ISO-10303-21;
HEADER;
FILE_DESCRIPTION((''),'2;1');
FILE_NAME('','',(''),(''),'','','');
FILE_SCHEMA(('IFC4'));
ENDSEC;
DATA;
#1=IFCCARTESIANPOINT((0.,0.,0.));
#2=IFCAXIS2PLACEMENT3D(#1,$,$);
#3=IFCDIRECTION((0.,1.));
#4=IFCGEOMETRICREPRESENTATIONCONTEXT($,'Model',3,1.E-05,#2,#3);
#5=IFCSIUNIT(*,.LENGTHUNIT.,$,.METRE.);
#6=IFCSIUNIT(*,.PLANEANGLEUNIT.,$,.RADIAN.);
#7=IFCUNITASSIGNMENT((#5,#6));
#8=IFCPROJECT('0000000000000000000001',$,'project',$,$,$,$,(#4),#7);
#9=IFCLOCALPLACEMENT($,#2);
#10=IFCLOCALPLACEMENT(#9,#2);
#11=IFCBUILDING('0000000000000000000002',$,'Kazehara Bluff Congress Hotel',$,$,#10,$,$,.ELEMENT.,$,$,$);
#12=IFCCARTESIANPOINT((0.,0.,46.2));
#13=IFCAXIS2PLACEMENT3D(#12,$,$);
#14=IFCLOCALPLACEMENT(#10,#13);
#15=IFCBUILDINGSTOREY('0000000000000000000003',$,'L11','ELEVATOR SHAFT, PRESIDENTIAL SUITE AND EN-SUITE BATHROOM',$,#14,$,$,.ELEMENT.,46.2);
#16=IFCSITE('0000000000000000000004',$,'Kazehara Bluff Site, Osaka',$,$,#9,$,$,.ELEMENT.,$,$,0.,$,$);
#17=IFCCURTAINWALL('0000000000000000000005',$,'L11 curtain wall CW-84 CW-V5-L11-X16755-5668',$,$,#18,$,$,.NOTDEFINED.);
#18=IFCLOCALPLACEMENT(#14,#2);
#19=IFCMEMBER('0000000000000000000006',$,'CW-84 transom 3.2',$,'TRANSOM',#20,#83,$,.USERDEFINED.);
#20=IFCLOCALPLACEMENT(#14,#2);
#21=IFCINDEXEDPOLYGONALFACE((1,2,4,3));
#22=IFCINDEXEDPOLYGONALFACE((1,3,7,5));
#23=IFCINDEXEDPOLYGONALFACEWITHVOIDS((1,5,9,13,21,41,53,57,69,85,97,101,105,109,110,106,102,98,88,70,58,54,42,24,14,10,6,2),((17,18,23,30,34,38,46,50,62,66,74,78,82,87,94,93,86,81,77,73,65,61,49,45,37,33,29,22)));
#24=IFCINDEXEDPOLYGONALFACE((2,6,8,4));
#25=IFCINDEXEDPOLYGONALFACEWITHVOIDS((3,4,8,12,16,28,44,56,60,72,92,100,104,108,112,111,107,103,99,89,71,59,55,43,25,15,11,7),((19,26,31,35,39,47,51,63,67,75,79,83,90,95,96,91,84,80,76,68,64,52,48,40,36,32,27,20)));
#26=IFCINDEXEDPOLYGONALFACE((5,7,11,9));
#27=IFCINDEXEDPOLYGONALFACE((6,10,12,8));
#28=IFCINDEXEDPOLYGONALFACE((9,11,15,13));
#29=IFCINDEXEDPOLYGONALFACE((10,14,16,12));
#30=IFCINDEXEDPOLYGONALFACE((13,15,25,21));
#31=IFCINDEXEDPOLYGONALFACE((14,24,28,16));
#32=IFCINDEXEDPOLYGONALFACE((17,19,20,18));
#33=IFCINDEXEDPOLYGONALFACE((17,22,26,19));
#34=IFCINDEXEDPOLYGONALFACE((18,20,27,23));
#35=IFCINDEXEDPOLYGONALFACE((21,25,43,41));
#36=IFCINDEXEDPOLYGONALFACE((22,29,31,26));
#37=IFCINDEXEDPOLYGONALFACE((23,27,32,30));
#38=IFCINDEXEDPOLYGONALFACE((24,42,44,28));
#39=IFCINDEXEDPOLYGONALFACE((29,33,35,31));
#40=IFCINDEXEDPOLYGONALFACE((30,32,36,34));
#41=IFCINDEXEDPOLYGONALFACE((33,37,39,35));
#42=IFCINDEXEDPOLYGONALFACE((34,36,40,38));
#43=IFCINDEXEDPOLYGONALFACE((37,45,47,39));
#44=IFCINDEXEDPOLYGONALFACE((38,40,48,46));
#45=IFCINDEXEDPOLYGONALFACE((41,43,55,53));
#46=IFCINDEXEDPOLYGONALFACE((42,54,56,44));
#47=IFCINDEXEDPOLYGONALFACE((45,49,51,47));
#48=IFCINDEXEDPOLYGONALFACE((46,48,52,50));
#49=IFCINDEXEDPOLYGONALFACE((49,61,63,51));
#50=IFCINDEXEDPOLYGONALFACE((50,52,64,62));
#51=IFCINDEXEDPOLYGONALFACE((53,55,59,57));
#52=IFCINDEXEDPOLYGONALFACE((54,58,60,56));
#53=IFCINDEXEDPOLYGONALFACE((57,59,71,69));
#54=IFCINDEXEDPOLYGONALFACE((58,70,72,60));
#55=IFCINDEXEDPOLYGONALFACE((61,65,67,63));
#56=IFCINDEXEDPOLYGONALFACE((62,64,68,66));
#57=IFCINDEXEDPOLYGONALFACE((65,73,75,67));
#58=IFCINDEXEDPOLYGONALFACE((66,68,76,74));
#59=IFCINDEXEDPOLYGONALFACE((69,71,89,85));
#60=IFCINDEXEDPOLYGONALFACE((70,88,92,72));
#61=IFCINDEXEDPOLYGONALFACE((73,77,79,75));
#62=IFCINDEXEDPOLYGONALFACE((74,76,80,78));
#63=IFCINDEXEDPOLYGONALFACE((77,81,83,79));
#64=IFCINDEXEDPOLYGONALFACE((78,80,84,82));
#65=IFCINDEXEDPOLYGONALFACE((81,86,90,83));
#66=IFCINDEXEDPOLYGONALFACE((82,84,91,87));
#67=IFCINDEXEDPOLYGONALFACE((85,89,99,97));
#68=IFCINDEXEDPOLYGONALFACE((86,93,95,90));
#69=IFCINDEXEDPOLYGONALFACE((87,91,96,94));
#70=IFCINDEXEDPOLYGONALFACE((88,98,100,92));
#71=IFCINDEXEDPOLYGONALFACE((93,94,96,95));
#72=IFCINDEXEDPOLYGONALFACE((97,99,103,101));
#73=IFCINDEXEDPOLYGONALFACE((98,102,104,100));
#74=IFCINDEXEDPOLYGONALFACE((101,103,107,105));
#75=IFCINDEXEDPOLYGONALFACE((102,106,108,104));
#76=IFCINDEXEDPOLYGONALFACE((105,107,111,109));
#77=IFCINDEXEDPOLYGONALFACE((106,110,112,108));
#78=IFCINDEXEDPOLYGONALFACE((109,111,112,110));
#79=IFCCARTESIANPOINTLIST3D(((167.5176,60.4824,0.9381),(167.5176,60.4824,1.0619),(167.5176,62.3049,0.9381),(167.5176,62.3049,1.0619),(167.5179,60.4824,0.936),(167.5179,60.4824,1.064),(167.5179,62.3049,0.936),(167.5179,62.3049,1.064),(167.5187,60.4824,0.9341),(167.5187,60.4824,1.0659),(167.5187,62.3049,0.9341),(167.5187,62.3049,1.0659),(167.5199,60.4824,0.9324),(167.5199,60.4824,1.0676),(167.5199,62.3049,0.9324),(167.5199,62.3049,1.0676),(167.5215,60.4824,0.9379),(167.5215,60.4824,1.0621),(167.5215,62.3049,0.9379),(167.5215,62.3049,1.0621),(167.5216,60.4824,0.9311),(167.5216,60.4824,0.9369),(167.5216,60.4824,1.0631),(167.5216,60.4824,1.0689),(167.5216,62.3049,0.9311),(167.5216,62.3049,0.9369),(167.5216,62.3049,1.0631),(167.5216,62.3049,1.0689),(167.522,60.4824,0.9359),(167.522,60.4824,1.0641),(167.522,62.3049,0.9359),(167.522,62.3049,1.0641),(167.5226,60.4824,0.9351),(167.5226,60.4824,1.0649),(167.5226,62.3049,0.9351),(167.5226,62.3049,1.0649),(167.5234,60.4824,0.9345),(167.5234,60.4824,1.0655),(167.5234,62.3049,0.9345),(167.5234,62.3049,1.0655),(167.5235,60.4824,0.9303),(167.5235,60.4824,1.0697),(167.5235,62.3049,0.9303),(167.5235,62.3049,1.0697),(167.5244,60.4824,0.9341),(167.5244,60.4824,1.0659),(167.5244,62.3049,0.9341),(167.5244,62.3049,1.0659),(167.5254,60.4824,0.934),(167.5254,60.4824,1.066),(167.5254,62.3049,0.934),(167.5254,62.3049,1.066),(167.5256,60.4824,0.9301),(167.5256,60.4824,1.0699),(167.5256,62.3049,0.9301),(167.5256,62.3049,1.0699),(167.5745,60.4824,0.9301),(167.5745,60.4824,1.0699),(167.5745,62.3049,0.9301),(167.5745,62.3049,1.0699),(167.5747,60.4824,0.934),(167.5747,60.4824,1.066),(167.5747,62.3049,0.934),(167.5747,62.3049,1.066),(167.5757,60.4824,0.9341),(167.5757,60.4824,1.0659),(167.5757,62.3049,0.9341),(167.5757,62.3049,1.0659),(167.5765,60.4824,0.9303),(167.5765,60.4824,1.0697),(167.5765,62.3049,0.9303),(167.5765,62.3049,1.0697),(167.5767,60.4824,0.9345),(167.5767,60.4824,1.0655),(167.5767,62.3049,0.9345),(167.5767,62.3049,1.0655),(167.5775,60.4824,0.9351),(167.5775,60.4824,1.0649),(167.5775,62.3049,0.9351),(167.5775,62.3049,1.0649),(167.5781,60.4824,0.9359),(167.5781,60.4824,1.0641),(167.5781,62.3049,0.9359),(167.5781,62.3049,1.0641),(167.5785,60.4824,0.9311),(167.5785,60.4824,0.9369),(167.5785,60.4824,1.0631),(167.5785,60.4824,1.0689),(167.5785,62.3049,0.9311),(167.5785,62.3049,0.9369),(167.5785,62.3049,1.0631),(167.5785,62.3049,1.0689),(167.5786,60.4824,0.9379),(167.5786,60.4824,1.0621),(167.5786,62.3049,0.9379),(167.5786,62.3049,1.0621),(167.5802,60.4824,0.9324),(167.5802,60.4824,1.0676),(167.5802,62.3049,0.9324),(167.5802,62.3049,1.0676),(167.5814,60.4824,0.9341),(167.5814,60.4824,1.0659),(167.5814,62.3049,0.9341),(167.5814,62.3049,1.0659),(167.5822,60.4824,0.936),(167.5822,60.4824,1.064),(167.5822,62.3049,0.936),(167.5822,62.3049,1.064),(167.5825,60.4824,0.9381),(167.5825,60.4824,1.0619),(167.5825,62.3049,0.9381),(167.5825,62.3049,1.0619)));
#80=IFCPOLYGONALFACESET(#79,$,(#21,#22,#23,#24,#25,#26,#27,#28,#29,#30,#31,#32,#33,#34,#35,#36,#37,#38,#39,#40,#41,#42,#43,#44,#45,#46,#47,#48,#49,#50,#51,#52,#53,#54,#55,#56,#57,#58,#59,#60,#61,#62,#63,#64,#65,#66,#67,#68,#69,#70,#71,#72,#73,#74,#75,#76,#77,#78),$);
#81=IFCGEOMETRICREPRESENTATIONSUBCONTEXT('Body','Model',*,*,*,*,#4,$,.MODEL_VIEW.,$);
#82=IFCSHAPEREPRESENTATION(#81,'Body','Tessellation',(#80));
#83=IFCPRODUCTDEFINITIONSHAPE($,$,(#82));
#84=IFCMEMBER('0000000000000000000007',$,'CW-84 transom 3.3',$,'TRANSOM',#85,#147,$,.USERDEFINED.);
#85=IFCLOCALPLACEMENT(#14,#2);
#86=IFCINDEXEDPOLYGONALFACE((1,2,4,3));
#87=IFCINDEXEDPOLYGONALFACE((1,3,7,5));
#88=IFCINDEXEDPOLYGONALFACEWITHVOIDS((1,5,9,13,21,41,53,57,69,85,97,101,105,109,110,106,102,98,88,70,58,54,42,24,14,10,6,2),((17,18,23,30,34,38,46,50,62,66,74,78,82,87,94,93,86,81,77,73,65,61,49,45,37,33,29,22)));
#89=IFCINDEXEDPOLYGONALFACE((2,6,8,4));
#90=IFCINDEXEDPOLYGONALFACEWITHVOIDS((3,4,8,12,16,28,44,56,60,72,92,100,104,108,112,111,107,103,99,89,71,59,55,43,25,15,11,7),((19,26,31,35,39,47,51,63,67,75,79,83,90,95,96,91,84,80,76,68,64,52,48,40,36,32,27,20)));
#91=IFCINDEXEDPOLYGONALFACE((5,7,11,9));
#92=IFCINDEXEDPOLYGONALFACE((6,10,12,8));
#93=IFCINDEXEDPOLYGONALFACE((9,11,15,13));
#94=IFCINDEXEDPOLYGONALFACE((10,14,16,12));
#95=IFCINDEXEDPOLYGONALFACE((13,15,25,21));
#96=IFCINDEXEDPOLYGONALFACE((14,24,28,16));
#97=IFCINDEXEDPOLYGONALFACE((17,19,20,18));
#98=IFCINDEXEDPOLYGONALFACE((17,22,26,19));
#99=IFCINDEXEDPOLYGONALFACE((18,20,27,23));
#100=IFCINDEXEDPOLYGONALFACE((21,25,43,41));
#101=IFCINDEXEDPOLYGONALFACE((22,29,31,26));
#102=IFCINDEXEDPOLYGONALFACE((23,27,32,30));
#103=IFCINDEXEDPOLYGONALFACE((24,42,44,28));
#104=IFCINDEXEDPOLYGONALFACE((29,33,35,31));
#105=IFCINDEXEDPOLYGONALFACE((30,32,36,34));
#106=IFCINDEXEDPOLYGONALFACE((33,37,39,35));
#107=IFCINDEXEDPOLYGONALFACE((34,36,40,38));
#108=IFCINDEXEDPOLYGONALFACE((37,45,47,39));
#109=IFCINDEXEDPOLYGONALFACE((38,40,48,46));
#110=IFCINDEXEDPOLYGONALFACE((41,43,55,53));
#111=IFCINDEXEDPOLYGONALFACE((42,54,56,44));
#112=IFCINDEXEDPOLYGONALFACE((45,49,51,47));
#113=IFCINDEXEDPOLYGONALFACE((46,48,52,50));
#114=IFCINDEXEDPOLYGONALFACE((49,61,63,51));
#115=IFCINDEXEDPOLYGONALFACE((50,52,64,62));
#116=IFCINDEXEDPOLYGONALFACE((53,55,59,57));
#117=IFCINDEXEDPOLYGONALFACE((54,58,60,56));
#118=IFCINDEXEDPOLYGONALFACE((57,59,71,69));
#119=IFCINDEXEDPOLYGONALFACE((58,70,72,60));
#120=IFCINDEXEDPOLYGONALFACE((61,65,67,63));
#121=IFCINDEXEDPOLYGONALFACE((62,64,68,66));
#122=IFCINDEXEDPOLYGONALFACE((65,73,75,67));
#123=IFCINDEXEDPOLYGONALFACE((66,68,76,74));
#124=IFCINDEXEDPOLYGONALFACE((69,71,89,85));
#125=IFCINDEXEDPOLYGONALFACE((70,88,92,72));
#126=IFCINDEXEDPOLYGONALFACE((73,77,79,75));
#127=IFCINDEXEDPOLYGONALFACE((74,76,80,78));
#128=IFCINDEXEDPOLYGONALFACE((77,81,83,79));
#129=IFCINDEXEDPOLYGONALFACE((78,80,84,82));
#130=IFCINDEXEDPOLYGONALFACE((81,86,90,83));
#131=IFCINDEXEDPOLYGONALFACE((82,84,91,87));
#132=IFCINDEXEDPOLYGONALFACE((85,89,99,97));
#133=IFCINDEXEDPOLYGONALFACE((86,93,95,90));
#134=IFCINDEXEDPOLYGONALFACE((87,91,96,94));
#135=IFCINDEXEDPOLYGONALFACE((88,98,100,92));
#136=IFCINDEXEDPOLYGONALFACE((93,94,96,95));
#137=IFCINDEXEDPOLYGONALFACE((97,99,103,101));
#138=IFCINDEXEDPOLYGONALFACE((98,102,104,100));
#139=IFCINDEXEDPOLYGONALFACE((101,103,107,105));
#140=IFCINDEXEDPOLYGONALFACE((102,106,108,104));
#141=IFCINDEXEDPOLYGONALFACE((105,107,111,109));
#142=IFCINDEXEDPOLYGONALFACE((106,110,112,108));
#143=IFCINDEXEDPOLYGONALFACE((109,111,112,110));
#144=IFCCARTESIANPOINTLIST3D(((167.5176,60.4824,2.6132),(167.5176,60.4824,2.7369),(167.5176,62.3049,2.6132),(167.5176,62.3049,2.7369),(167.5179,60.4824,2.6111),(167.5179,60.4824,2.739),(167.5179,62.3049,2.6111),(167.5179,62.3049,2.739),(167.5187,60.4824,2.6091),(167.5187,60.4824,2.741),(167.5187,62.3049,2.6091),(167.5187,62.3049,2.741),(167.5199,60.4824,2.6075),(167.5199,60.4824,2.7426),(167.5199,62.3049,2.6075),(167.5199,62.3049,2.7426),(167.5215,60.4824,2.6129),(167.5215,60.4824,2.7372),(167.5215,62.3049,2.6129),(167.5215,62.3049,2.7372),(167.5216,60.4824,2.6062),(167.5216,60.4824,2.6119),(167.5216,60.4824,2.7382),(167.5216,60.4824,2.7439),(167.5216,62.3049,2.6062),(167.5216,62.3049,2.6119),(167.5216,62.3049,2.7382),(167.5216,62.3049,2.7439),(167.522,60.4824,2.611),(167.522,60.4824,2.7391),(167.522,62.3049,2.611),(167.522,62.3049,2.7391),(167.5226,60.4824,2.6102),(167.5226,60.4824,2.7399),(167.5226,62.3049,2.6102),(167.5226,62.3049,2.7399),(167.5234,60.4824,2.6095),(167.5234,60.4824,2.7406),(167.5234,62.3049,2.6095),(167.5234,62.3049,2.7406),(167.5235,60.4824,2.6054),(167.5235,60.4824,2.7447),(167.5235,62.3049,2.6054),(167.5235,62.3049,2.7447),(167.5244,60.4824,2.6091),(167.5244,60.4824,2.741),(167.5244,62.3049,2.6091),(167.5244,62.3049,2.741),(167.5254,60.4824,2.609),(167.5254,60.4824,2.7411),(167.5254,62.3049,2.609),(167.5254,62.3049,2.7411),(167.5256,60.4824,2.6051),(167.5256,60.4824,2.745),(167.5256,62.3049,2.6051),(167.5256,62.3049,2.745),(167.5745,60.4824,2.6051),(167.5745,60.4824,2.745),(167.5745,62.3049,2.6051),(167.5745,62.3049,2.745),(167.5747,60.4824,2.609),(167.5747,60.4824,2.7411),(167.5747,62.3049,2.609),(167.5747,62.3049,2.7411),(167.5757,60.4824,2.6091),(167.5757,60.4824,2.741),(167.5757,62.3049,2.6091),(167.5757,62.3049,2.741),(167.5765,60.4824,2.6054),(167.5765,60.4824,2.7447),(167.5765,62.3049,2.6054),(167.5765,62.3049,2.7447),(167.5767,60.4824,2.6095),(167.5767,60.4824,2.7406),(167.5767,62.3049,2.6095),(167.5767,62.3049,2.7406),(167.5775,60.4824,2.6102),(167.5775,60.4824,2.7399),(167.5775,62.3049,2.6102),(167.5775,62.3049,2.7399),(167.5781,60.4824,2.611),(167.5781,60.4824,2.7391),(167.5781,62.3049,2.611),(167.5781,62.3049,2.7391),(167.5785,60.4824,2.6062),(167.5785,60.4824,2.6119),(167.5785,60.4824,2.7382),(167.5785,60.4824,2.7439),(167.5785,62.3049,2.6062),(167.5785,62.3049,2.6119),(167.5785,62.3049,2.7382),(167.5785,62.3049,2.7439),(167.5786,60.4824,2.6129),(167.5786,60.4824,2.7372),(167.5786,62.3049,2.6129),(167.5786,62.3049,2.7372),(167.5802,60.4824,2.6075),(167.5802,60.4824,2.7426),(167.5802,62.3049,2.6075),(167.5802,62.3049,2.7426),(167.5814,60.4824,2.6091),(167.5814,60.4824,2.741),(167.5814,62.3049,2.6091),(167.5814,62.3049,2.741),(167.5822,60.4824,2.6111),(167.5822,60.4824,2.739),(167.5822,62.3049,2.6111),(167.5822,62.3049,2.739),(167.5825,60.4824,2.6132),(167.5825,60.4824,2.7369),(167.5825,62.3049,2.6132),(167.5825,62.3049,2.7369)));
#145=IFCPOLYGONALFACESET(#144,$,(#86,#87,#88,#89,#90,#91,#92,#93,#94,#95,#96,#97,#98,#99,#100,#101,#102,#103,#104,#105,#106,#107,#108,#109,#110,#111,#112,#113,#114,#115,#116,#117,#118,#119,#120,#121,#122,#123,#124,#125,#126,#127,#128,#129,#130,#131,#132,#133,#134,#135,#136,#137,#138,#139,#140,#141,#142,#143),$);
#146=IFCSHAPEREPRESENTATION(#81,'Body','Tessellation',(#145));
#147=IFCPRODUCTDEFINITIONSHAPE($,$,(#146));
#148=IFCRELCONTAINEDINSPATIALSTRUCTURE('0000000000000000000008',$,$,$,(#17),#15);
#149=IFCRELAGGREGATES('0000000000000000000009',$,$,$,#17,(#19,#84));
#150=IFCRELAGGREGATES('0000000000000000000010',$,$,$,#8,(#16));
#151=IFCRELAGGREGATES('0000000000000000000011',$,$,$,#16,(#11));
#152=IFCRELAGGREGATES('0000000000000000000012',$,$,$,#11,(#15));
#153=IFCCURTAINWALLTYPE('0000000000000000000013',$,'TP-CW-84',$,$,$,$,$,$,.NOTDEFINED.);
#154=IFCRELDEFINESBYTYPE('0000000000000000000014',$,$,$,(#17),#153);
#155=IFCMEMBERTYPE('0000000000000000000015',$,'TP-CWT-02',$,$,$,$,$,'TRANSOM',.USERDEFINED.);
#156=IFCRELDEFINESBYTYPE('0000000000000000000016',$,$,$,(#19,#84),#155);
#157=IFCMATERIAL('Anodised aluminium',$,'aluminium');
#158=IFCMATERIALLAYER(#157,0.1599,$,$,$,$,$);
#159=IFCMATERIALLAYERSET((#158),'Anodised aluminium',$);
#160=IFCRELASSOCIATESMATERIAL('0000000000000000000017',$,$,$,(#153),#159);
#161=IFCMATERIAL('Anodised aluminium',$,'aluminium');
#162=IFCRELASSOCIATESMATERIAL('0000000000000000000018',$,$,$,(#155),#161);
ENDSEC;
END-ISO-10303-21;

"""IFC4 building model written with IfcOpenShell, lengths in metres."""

from ifc_helpers import new_model, si_unit, direction, frame, origin, origin_2d, place, context, subcontext, project, spatial, hollow_rectangle, extrude, material, layer, layer_set, material_profile, profile_set, type_object, element, aggregate, save


model = new_model("IFC4")

# Units and contexts
model_context = context("Model", 3, precision=1e-05, world=origin(), true_north=direction((0.0, 1.0)))
body_context = subcontext(model_context, "Body", "Model", "MODEL_VIEW")
ifc_project = project(units=[si_unit("LENGTHUNIT", "METRE"), si_unit("PLANEANGLEUNIT", "RADIAN")], contexts=[model_context])

# Site, building, storey
site_placement = place(None, origin())
site = spatial("IfcSite", under=ifc_project, at=site_placement, Name="Kazehara Bluff Site, Osaka", CompositionType="ELEMENT", RefElevation=0.0)
building_placement = place(site_placement, origin())
building = spatial("IfcBuilding", under=site, at=building_placement, Name="Kazehara Bluff Congress Hotel", CompositionType="ELEMENT")
storey_placement = place(building_placement, frame((0.0, 0.0, 46.2)))
storey = spatial("IfcBuildingStorey", under=building, at=storey_placement, Name="L11", Description="ELEVATOR SHAFT, PRESIDENTIAL SUITE AND EN-SUITE BATHROOM", CompositionType="ELEMENT", Elevation=46.2)

# Curtain wall, members
ifc_material_1 = material(Name="Anodised aluminium", Category="aluminium")
ifc_layer_1 = layer(ifc_material_1, 0.1599)
ifc_layer_set_1 = layer_set([ifc_layer_1], Name="Anodised aluminium")
curtain_wall_type_1 = type_object("IfcCurtainWallType", Name="TP-CW-84", PredefinedType="NOTDEFINED", material=ifc_layer_set_1)
curtain_wall_1_placement = place(storey_placement, origin())
curtain_wall_1 = element("IfcCurtainWall", 1, at=curtain_wall_1_placement, inside=storey, type_object=curtain_wall_type_1, Name="L11 curtain wall CW-84 CW-V5-L11-X16755-5668", PredefinedType="NOTDEFINED")
ifc_material_2 = material(Name="Anodised aluminium", Category="aluminium")
ifc_material_profile_1 = material_profile(ifc_material_2, hollow_rectangle(XDim=0.0649, YDim=0.1399, WallThickness=0.0039, InnerFilletRadius=0.0039, OuterFilletRadius=0.0081, at=origin_2d()))
ifc_profile_set_1 = profile_set([ifc_material_profile_1], Name="Anodised aluminium")
member_type_1 = type_object("IfcMemberType", Name="TP-CWT-02", ElementType="TRANSOM", PredefinedType="USERDEFINED", material=ifc_profile_set_1)
member_1_placement = place(storey_placement, frame((167.55, 60.4824, 1.0), z_axis=(0.0, 1.0, 0.0), x_axis=(-1.0, 0.0, 0.0)))
member_1 = element("IfcMember", 2, at=member_1_placement, type_object=member_type_1, Name="CW-84 transom 3.2", ObjectType="TRANSOM", PredefinedType="USERDEFINED", context=body_context, shape_type="SweptSolid", body=[
    extrude(hollow_rectangle(XDim=0.0649, YDim=0.1399, WallThickness=0.0039, InnerFilletRadius=0.0039, OuterFilletRadius=0.0081, at=origin_2d()), origin(), (0.0, 0.0, 1.0), 1.8225),
])
member_2_placement = place(storey_placement, frame((167.55, 60.4824, 2.675), z_axis=(0.0, 1.0, 0.0), x_axis=(-1.0, 0.0, 0.0)))
member_2 = element("IfcMember", 3, at=member_2_placement, type_object=member_type_1, Name="CW-84 transom 3.3", ObjectType="TRANSOM", PredefinedType="USERDEFINED", context=body_context, shape_type="SweptSolid", body=[
    extrude(hollow_rectangle(XDim=0.0649, YDim=0.1399, WallThickness=0.0039, InnerFilletRadius=0.0039, OuterFilletRadius=0.0081, at=origin_2d()), origin(), (0.0, 0.0, 1.0), 1.8225),
])

aggregate(curtain_wall_1, [member_1, member_2])

save(model, "model.ifc")
